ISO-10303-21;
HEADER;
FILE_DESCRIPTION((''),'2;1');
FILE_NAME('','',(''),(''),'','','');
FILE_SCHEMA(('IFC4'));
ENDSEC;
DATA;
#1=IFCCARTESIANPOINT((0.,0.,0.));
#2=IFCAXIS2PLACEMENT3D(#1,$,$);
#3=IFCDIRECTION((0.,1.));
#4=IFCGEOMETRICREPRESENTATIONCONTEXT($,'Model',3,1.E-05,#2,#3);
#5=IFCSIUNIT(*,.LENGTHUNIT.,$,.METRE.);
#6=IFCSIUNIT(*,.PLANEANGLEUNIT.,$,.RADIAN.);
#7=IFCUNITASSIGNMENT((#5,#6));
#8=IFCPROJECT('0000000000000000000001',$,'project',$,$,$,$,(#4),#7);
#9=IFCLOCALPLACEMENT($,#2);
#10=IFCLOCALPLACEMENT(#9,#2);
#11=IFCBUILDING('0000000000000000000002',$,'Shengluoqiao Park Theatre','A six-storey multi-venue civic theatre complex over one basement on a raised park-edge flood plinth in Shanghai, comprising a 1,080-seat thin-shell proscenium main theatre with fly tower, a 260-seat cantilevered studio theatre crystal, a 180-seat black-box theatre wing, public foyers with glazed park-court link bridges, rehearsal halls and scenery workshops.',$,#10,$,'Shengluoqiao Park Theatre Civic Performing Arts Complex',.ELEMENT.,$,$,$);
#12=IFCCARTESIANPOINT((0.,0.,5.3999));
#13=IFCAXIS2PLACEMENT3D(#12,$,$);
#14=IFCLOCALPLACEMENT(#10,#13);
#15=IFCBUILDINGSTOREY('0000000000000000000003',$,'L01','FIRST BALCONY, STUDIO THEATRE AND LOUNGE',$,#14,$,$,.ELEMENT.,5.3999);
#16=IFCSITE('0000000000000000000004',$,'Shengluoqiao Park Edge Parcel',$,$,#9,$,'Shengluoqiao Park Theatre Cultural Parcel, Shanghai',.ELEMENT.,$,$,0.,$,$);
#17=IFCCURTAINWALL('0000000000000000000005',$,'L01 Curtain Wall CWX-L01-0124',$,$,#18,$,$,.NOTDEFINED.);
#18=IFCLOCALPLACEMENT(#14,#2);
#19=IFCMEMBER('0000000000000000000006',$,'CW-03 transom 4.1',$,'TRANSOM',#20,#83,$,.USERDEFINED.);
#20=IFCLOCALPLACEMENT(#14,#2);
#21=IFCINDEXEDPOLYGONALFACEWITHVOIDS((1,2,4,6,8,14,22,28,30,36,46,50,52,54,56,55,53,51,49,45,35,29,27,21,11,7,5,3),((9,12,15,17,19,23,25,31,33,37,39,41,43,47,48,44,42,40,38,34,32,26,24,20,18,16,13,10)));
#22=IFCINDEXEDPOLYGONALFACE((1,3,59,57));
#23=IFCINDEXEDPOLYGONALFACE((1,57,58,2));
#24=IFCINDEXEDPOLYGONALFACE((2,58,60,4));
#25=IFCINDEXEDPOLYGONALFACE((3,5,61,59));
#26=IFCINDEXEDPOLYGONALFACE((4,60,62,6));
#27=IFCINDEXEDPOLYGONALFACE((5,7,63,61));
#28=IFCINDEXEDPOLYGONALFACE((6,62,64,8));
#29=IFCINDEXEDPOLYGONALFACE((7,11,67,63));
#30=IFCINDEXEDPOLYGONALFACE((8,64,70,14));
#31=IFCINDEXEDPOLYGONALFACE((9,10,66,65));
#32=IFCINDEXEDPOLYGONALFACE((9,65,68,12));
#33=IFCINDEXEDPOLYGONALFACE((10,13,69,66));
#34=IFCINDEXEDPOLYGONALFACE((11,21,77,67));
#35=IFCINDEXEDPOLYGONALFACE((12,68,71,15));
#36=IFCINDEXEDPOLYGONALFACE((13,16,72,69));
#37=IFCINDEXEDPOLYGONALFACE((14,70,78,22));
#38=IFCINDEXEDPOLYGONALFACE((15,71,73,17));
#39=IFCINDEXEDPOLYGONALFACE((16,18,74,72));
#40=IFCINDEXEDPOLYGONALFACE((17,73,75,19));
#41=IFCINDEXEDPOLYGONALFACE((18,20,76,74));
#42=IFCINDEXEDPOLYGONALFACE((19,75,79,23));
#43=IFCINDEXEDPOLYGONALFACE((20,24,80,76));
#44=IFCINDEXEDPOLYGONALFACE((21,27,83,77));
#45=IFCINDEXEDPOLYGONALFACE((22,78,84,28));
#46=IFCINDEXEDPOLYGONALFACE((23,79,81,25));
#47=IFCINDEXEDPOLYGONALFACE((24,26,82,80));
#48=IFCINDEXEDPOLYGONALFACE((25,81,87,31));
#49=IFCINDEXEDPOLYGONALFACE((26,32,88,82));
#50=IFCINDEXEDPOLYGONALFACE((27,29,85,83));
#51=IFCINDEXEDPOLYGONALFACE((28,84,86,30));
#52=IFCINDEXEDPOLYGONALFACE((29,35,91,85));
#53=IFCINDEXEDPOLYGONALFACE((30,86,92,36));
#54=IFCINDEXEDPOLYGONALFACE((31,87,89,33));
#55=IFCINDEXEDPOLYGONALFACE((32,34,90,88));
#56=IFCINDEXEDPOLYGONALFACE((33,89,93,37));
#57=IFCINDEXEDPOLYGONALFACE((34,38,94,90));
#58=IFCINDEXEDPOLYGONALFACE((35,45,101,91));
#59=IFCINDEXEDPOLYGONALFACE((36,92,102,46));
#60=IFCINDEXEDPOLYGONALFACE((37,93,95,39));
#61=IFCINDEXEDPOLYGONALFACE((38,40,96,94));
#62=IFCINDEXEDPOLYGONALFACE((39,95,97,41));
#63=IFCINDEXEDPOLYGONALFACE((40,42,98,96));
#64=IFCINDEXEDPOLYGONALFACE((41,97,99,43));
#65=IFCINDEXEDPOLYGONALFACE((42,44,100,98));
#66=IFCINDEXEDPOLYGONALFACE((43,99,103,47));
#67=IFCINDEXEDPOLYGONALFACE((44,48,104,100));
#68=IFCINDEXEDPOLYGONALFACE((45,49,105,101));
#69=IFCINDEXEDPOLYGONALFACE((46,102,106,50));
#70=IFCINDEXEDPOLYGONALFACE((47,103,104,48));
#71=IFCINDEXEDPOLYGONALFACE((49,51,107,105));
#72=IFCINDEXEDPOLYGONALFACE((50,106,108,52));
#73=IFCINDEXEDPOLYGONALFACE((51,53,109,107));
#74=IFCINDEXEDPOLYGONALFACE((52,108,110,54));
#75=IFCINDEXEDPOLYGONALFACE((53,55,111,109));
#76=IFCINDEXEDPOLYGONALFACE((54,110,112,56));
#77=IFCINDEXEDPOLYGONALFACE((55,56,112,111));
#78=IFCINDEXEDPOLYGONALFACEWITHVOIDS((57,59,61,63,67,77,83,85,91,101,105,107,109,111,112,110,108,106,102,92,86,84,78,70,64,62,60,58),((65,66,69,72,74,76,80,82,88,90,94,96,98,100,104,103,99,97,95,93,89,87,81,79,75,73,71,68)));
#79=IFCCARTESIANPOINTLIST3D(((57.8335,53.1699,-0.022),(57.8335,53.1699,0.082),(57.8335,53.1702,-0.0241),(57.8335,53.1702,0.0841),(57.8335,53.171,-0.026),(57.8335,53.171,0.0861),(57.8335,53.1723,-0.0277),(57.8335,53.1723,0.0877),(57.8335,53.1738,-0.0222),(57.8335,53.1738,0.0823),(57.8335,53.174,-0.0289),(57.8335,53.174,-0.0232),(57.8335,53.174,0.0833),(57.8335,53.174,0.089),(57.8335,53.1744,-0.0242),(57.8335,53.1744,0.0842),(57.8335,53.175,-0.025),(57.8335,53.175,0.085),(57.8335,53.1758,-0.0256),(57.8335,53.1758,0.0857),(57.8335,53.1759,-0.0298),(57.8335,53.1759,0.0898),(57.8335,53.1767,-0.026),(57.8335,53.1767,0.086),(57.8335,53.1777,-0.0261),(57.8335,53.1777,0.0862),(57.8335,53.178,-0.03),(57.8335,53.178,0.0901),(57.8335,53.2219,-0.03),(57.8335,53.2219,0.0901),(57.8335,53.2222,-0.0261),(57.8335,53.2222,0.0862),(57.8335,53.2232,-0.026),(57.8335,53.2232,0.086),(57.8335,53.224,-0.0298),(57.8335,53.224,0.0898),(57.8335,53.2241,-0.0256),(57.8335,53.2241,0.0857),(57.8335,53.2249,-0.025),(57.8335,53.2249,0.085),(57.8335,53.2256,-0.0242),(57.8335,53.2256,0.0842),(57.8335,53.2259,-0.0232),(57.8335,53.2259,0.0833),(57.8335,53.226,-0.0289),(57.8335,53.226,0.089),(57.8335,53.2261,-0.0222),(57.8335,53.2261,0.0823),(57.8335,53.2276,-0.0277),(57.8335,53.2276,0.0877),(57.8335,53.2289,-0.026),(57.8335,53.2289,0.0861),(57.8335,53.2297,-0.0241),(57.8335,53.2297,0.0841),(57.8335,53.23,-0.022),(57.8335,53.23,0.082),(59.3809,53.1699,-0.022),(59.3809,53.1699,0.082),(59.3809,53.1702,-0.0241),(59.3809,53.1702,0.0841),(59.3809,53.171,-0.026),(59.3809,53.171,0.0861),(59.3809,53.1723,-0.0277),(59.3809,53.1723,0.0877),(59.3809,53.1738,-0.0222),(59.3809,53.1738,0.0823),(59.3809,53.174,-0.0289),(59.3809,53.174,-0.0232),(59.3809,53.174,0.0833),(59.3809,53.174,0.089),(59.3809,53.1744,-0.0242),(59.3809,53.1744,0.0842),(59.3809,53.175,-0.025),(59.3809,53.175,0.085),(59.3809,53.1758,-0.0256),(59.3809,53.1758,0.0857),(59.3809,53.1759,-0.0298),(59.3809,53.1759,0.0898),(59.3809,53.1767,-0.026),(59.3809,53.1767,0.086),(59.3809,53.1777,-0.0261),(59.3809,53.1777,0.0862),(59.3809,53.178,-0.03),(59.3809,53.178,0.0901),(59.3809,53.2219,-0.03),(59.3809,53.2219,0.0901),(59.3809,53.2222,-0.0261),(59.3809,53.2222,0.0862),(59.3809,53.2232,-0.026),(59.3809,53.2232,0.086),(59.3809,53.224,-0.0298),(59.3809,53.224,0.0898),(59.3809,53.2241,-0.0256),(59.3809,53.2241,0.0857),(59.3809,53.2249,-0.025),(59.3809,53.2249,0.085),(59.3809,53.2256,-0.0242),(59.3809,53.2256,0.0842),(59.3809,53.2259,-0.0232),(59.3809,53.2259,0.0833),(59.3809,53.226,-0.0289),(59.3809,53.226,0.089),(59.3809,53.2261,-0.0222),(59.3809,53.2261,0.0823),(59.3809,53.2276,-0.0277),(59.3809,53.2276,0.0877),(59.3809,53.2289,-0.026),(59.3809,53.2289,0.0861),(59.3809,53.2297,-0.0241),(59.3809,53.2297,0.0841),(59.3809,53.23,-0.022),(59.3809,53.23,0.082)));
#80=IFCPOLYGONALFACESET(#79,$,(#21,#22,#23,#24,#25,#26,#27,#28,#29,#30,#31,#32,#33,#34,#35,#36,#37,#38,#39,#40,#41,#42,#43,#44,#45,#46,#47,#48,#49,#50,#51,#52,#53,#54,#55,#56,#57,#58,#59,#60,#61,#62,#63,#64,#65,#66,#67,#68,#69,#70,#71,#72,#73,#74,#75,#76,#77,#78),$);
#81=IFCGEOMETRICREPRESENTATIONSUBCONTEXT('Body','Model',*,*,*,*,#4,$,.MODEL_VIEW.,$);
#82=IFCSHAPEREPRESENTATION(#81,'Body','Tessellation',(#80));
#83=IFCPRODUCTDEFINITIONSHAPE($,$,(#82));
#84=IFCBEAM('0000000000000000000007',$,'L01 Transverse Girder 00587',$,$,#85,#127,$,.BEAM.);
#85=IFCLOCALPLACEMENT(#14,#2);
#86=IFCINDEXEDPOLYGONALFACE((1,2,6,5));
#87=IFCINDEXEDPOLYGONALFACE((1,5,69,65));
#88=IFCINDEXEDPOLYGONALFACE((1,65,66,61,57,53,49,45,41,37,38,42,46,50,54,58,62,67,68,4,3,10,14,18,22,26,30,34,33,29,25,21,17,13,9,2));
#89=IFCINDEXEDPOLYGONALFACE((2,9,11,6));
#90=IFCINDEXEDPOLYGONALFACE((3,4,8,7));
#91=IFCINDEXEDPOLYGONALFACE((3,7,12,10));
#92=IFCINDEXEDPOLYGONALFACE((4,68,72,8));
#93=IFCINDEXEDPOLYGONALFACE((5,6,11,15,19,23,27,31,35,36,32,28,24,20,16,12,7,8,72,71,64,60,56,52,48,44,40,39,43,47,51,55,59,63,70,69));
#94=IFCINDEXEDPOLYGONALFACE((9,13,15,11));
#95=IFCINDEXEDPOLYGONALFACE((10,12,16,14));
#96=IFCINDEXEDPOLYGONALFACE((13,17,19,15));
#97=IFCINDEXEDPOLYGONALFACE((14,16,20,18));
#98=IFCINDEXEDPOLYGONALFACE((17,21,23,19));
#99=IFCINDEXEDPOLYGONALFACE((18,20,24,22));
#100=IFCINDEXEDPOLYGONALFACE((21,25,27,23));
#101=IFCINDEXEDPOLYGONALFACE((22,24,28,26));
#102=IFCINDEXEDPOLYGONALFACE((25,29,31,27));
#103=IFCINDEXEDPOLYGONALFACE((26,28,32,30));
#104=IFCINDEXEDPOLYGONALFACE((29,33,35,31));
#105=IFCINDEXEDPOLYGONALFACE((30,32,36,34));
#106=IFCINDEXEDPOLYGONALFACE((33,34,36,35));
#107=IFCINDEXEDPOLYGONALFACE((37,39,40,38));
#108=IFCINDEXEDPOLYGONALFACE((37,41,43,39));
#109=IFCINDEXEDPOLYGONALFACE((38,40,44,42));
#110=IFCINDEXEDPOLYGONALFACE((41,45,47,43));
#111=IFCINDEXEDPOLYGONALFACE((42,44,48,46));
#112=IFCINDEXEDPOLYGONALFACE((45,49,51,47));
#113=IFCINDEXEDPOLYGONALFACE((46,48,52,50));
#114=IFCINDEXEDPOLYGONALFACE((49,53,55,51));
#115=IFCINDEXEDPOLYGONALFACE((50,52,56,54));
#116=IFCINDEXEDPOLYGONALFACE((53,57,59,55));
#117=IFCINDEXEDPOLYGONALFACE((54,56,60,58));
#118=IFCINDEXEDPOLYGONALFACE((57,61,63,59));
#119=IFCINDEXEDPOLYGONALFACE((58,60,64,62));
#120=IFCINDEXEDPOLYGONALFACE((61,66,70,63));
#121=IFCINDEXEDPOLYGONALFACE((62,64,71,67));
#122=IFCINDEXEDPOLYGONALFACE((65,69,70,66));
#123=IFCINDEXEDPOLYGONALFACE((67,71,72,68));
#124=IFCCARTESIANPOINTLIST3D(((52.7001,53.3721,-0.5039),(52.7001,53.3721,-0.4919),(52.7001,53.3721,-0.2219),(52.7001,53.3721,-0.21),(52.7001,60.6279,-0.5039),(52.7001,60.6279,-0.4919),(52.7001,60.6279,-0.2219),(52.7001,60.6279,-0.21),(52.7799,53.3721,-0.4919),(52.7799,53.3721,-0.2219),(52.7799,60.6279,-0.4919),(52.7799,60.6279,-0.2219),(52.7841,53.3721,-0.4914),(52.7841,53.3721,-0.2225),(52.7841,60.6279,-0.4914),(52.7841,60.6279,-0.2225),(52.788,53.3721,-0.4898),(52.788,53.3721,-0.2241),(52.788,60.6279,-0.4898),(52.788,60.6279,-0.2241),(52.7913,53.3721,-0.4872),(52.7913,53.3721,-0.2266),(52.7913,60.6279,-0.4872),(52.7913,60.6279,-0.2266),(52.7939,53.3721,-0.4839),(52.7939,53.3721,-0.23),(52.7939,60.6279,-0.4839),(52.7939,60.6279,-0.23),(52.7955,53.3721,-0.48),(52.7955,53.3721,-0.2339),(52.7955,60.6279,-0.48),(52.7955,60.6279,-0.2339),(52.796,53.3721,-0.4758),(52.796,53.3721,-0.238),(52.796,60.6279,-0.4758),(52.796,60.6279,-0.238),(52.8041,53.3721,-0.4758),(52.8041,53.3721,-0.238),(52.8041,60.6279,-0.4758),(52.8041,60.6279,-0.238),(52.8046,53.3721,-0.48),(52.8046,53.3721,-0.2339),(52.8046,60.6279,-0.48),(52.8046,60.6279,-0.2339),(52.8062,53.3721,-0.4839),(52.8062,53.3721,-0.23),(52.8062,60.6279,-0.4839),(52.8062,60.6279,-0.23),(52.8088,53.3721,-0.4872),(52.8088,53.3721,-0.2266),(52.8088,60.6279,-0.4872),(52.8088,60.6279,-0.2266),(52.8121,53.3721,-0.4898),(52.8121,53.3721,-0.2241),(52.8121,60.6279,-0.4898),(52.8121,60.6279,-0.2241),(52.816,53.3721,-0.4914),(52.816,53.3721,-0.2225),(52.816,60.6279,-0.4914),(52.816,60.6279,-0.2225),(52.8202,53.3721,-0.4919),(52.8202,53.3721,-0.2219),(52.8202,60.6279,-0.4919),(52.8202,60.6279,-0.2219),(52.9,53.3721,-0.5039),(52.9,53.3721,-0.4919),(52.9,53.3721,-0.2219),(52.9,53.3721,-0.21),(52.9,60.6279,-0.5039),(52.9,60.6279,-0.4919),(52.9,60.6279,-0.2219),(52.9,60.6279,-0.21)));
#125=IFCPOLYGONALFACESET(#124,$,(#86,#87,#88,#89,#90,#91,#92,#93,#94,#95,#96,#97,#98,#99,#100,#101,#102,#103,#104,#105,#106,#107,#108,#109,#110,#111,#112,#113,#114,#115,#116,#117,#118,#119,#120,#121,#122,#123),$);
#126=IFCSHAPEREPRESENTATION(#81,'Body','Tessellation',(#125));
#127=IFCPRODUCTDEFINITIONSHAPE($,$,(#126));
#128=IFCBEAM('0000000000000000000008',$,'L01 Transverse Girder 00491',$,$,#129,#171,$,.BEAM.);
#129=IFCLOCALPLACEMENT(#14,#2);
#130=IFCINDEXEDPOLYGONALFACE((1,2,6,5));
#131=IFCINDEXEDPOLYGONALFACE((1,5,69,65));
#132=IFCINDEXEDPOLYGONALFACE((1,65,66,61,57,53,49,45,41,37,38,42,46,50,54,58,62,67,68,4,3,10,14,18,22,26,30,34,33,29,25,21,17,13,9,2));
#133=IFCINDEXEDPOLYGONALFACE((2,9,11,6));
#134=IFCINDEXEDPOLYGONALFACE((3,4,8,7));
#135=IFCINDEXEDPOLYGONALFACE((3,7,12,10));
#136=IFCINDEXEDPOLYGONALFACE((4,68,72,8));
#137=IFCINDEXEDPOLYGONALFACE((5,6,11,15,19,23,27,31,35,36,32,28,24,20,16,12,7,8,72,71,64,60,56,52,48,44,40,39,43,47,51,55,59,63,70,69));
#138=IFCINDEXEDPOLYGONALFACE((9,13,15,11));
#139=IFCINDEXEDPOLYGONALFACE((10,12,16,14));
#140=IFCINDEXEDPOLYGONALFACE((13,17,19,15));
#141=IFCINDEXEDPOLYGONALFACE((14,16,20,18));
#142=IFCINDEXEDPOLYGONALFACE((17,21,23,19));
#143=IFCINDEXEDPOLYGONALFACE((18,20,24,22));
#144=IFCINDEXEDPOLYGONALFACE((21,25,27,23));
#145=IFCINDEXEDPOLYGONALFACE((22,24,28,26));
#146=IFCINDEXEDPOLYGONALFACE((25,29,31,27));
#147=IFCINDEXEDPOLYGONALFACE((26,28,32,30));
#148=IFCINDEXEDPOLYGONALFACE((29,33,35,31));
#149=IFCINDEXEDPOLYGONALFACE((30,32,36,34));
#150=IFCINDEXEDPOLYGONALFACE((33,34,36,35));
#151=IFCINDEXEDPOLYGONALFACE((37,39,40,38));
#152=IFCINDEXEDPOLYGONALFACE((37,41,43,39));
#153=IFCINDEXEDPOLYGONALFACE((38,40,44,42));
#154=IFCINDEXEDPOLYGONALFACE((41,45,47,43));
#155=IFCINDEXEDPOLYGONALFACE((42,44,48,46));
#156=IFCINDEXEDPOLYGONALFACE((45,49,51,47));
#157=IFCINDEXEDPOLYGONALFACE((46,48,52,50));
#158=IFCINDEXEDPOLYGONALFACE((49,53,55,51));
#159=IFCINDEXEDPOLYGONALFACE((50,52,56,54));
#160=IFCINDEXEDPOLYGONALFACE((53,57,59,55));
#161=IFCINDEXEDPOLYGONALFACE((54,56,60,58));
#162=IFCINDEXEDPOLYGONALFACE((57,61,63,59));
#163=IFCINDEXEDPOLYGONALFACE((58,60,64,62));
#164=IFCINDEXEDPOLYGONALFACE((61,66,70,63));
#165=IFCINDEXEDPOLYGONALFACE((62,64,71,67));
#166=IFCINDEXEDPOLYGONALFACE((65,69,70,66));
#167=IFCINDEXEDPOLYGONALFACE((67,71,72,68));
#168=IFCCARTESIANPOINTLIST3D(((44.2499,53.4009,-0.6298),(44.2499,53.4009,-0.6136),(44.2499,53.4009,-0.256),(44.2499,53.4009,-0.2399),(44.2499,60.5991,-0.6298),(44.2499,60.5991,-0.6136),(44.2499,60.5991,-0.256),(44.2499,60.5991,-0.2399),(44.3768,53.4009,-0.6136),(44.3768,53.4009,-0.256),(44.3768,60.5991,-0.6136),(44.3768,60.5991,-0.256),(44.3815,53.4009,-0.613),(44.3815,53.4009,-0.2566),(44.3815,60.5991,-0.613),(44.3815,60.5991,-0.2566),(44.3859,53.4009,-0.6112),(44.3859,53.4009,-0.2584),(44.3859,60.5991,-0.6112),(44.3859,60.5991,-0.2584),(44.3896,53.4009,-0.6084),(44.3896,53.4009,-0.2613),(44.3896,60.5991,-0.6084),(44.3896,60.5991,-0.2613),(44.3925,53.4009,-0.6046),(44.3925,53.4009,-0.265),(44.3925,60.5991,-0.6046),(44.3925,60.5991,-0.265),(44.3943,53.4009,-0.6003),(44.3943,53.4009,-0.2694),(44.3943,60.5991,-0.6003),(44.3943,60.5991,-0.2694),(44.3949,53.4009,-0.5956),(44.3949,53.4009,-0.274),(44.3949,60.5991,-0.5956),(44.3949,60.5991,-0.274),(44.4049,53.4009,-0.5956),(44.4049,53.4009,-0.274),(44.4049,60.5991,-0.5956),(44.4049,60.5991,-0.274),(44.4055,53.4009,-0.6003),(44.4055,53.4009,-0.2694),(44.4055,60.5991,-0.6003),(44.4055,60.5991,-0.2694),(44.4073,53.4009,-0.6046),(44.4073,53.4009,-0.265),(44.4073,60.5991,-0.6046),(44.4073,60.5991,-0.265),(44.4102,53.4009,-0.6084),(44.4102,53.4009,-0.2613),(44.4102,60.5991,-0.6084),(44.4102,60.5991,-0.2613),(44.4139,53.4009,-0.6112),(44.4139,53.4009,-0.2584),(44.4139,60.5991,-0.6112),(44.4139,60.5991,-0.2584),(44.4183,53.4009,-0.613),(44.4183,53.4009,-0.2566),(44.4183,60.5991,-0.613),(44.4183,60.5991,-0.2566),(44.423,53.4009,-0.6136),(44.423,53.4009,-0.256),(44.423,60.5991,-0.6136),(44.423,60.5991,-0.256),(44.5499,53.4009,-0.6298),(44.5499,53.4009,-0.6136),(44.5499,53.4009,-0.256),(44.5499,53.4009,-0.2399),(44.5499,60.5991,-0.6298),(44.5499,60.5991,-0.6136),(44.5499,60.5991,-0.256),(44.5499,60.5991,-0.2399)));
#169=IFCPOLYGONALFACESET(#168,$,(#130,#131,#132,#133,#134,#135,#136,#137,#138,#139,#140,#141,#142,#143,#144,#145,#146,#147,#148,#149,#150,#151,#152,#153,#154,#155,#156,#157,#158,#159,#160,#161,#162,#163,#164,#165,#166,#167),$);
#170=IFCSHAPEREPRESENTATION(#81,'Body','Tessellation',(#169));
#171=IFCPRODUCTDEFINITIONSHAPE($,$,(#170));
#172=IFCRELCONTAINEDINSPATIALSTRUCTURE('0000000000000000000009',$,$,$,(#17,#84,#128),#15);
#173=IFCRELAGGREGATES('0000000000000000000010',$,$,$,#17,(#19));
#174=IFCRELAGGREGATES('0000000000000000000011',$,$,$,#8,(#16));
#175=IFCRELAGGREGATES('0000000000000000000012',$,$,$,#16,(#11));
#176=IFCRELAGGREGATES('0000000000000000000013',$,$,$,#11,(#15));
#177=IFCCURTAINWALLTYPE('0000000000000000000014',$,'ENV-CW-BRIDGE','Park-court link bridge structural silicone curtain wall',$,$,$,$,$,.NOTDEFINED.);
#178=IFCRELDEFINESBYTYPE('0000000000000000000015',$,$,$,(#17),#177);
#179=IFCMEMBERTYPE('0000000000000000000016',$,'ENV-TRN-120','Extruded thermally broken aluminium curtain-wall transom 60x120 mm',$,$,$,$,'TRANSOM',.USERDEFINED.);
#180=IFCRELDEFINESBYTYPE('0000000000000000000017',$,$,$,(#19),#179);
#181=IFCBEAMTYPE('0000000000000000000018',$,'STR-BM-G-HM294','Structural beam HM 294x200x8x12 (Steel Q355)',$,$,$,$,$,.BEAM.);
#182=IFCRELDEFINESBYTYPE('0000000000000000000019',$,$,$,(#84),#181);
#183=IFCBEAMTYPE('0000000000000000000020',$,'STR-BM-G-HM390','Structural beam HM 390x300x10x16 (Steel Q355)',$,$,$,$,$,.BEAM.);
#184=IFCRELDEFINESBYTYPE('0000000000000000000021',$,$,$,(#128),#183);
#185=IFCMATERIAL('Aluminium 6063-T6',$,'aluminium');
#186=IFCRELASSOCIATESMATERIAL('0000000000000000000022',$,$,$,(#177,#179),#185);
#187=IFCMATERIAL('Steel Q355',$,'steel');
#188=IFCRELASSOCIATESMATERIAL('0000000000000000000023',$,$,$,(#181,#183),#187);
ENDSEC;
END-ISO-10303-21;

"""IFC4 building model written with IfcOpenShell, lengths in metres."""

from ifc_helpers import new_model, si_unit, direction, frame, origin, origin_2d, place, context, subcontext, project, spatial, hollow_rectangle, i_section, extrude, material, material_profile, profile_set, type_object, element, aggregate, save


model = new_model("IFC4")

# Units and contexts
model_context = context("Model", 3, precision=1e-05, world=origin(), true_north=direction((0.0, 1.0)))
body_context = subcontext(model_context, "Body", "Model", "MODEL_VIEW")
ifc_project = project(units=[si_unit("LENGTHUNIT", "METRE"), si_unit("PLANEANGLEUNIT", "RADIAN")], contexts=[model_context])

# Site, building, storey
site_placement = place(None, origin())
site = spatial("IfcSite", under=ifc_project, at=site_placement, Name="Shengluoqiao Park Edge Parcel", LongName="Shengluoqiao Park Theatre Cultural Parcel, Shanghai", CompositionType="ELEMENT", RefElevation=0.0)
building_placement = place(site_placement, origin())
building = spatial("IfcBuilding", under=site, at=building_placement, Name="Shengluoqiao Park Theatre", Description="A six-storey multi-venue civic theatre complex over one basement on a raised park-edge flood plinth in Shanghai, comprising a 1,080-seat thin-shell proscenium main theatre with fly tower, a 260-seat cantilevered studio theatre crystal, a 180-seat black-box theatre wing, public foyers with glazed park-court link bridges, rehearsal halls and scenery workshops.", LongName="Shengluoqiao Park Theatre Civic Performing Arts Complex", CompositionType="ELEMENT")
storey_placement = place(building_placement, frame((0.0, 0.0, 5.3999)))
storey = spatial("IfcBuildingStorey", under=building, at=storey_placement, Name="L01", Description="FIRST BALCONY, STUDIO THEATRE AND LOUNGE", CompositionType="ELEMENT", Elevation=5.3999)

# Shared definitions
ifc_material_1 = material(Name="Steel Q355", Category="steel")

# Shared definitions
ifc_material_2 = material(Name="Aluminium 6063-T6", Category="aluminium")
curtain_wall_type = type_object("IfcCurtainWallType", Name="ENV-CW-BRIDGE", Description="Park-court link bridge structural silicone curtain wall", PredefinedType="NOTDEFINED", material=ifc_material_2)

# Curtain wall, member
curtain_wall_1_placement = place(storey_placement, origin())
curtain_wall_1 = element("IfcCurtainWall", 1, at=curtain_wall_1_placement, inside=storey, type_object=curtain_wall_type, Name="L01 Curtain Wall CWX-L01-0124", PredefinedType="NOTDEFINED")
ifc_material_profile_1 = material_profile(ifc_material_2, hollow_rectangle(XDim=0.0601, YDim=0.1201, WallThickness=0.0039, InnerFilletRadius=0.0039, OuterFilletRadius=0.0081, at=origin_2d()), Name="ALU TRANSOM 120x60x4")
ifc_profile_set_1 = profile_set([ifc_material_profile_1], Name="Aluminium 6063-T6")
member_type_1 = type_object("IfcMemberType", Name="ENV-TRN-120", Description="Extruded thermally broken aluminium curtain-wall transom 60x120 mm", ElementType="TRANSOM", PredefinedType="USERDEFINED", material=ifc_profile_set_1)
member_1_placement = place(storey_placement, frame((57.8335, 53.2, 0.03), z_axis=(1.0, 0.0, 0.0), x_axis=(0.0, 1.0, 0.0)))
member_1 = element("IfcMember", 2, at=member_1_placement, type_object=member_type_1, Name="CW-03 transom 4.1", ObjectType="TRANSOM", PredefinedType="USERDEFINED", context=body_context, shape_type="SweptSolid", body=[
    extrude(hollow_rectangle(XDim=0.0601, YDim=0.1201, WallThickness=0.0039, InnerFilletRadius=0.0039, OuterFilletRadius=0.0081, at=origin_2d()), origin(), (0.0, 0.0, 1.0), 1.5474),
])

# Beams
ifc_material_profile_2 = material_profile(ifc_material_1, i_section(OverallWidth=0.2, OverallDepth=0.2939, WebThickness=0.0081, FlangeThickness=0.012, FilletRadius=0.0161, at=origin_2d()), Name="HM 294x200x8x12")
ifc_profile_set_2 = profile_set([ifc_material_profile_2], Name="Steel Q355")
beam_type_1 = type_object("IfcBeamType", Name="STR-BM-G-HM294", Description="Structural beam HM 294x200x8x12 (Steel Q355)", PredefinedType="BEAM", material=ifc_profile_set_2)
beam_1_placement = place(storey_placement, frame((52.8, 53.3721, -0.3569), z_axis=(0.0, 1.0, 0.0), x_axis=(-1.0, 0.0, 0.0)))
element("IfcBeam", 3, at=beam_1_placement, inside=storey, type_object=beam_type_1, Name="L01 Transverse Girder 00587", PredefinedType="BEAM", context=body_context, shape_type="SweptSolid", body=[
    extrude(i_section(OverallWidth=0.2, OverallDepth=0.2939, WebThickness=0.0081, FlangeThickness=0.012, FilletRadius=0.0161, at=origin_2d()), origin(), (0.0, 0.0, 1.0), 7.2559),
])
ifc_material_profile_3 = material_profile(ifc_material_1, i_section(OverallWidth=0.3, OverallDepth=0.3899, WebThickness=0.01, FlangeThickness=0.0161, FilletRadius=0.0181, at=origin_2d()), Name="HM 390x300x10x16")
ifc_profile_set_3 = profile_set([ifc_material_profile_3], Name="Steel Q355")
beam_type_2 = type_object("IfcBeamType", Name="STR-BM-G-HM390", Description="Structural beam HM 390x300x10x16 (Steel Q355)", PredefinedType="BEAM", material=ifc_profile_set_3)
beam_2_placement = place(storey_placement, frame((44.3999, 53.4009, -0.4348), z_axis=(0.0, 1.0, 0.0), x_axis=(-1.0, 0.0, 0.0)))
element("IfcBeam", 4, at=beam_2_placement, inside=storey, type_object=beam_type_2, Name="L01 Transverse Girder 00491", PredefinedType="BEAM", context=body_context, shape_type="SweptSolid", body=[
    extrude(i_section(OverallWidth=0.3, OverallDepth=0.3899, WebThickness=0.01, FlangeThickness=0.0161, FilletRadius=0.0181, at=origin_2d()), origin(), (0.0, 0.0, 1.0), 7.1982),
])

aggregate(curtain_wall_1, [member_1])

save(model, "model.ifc")
